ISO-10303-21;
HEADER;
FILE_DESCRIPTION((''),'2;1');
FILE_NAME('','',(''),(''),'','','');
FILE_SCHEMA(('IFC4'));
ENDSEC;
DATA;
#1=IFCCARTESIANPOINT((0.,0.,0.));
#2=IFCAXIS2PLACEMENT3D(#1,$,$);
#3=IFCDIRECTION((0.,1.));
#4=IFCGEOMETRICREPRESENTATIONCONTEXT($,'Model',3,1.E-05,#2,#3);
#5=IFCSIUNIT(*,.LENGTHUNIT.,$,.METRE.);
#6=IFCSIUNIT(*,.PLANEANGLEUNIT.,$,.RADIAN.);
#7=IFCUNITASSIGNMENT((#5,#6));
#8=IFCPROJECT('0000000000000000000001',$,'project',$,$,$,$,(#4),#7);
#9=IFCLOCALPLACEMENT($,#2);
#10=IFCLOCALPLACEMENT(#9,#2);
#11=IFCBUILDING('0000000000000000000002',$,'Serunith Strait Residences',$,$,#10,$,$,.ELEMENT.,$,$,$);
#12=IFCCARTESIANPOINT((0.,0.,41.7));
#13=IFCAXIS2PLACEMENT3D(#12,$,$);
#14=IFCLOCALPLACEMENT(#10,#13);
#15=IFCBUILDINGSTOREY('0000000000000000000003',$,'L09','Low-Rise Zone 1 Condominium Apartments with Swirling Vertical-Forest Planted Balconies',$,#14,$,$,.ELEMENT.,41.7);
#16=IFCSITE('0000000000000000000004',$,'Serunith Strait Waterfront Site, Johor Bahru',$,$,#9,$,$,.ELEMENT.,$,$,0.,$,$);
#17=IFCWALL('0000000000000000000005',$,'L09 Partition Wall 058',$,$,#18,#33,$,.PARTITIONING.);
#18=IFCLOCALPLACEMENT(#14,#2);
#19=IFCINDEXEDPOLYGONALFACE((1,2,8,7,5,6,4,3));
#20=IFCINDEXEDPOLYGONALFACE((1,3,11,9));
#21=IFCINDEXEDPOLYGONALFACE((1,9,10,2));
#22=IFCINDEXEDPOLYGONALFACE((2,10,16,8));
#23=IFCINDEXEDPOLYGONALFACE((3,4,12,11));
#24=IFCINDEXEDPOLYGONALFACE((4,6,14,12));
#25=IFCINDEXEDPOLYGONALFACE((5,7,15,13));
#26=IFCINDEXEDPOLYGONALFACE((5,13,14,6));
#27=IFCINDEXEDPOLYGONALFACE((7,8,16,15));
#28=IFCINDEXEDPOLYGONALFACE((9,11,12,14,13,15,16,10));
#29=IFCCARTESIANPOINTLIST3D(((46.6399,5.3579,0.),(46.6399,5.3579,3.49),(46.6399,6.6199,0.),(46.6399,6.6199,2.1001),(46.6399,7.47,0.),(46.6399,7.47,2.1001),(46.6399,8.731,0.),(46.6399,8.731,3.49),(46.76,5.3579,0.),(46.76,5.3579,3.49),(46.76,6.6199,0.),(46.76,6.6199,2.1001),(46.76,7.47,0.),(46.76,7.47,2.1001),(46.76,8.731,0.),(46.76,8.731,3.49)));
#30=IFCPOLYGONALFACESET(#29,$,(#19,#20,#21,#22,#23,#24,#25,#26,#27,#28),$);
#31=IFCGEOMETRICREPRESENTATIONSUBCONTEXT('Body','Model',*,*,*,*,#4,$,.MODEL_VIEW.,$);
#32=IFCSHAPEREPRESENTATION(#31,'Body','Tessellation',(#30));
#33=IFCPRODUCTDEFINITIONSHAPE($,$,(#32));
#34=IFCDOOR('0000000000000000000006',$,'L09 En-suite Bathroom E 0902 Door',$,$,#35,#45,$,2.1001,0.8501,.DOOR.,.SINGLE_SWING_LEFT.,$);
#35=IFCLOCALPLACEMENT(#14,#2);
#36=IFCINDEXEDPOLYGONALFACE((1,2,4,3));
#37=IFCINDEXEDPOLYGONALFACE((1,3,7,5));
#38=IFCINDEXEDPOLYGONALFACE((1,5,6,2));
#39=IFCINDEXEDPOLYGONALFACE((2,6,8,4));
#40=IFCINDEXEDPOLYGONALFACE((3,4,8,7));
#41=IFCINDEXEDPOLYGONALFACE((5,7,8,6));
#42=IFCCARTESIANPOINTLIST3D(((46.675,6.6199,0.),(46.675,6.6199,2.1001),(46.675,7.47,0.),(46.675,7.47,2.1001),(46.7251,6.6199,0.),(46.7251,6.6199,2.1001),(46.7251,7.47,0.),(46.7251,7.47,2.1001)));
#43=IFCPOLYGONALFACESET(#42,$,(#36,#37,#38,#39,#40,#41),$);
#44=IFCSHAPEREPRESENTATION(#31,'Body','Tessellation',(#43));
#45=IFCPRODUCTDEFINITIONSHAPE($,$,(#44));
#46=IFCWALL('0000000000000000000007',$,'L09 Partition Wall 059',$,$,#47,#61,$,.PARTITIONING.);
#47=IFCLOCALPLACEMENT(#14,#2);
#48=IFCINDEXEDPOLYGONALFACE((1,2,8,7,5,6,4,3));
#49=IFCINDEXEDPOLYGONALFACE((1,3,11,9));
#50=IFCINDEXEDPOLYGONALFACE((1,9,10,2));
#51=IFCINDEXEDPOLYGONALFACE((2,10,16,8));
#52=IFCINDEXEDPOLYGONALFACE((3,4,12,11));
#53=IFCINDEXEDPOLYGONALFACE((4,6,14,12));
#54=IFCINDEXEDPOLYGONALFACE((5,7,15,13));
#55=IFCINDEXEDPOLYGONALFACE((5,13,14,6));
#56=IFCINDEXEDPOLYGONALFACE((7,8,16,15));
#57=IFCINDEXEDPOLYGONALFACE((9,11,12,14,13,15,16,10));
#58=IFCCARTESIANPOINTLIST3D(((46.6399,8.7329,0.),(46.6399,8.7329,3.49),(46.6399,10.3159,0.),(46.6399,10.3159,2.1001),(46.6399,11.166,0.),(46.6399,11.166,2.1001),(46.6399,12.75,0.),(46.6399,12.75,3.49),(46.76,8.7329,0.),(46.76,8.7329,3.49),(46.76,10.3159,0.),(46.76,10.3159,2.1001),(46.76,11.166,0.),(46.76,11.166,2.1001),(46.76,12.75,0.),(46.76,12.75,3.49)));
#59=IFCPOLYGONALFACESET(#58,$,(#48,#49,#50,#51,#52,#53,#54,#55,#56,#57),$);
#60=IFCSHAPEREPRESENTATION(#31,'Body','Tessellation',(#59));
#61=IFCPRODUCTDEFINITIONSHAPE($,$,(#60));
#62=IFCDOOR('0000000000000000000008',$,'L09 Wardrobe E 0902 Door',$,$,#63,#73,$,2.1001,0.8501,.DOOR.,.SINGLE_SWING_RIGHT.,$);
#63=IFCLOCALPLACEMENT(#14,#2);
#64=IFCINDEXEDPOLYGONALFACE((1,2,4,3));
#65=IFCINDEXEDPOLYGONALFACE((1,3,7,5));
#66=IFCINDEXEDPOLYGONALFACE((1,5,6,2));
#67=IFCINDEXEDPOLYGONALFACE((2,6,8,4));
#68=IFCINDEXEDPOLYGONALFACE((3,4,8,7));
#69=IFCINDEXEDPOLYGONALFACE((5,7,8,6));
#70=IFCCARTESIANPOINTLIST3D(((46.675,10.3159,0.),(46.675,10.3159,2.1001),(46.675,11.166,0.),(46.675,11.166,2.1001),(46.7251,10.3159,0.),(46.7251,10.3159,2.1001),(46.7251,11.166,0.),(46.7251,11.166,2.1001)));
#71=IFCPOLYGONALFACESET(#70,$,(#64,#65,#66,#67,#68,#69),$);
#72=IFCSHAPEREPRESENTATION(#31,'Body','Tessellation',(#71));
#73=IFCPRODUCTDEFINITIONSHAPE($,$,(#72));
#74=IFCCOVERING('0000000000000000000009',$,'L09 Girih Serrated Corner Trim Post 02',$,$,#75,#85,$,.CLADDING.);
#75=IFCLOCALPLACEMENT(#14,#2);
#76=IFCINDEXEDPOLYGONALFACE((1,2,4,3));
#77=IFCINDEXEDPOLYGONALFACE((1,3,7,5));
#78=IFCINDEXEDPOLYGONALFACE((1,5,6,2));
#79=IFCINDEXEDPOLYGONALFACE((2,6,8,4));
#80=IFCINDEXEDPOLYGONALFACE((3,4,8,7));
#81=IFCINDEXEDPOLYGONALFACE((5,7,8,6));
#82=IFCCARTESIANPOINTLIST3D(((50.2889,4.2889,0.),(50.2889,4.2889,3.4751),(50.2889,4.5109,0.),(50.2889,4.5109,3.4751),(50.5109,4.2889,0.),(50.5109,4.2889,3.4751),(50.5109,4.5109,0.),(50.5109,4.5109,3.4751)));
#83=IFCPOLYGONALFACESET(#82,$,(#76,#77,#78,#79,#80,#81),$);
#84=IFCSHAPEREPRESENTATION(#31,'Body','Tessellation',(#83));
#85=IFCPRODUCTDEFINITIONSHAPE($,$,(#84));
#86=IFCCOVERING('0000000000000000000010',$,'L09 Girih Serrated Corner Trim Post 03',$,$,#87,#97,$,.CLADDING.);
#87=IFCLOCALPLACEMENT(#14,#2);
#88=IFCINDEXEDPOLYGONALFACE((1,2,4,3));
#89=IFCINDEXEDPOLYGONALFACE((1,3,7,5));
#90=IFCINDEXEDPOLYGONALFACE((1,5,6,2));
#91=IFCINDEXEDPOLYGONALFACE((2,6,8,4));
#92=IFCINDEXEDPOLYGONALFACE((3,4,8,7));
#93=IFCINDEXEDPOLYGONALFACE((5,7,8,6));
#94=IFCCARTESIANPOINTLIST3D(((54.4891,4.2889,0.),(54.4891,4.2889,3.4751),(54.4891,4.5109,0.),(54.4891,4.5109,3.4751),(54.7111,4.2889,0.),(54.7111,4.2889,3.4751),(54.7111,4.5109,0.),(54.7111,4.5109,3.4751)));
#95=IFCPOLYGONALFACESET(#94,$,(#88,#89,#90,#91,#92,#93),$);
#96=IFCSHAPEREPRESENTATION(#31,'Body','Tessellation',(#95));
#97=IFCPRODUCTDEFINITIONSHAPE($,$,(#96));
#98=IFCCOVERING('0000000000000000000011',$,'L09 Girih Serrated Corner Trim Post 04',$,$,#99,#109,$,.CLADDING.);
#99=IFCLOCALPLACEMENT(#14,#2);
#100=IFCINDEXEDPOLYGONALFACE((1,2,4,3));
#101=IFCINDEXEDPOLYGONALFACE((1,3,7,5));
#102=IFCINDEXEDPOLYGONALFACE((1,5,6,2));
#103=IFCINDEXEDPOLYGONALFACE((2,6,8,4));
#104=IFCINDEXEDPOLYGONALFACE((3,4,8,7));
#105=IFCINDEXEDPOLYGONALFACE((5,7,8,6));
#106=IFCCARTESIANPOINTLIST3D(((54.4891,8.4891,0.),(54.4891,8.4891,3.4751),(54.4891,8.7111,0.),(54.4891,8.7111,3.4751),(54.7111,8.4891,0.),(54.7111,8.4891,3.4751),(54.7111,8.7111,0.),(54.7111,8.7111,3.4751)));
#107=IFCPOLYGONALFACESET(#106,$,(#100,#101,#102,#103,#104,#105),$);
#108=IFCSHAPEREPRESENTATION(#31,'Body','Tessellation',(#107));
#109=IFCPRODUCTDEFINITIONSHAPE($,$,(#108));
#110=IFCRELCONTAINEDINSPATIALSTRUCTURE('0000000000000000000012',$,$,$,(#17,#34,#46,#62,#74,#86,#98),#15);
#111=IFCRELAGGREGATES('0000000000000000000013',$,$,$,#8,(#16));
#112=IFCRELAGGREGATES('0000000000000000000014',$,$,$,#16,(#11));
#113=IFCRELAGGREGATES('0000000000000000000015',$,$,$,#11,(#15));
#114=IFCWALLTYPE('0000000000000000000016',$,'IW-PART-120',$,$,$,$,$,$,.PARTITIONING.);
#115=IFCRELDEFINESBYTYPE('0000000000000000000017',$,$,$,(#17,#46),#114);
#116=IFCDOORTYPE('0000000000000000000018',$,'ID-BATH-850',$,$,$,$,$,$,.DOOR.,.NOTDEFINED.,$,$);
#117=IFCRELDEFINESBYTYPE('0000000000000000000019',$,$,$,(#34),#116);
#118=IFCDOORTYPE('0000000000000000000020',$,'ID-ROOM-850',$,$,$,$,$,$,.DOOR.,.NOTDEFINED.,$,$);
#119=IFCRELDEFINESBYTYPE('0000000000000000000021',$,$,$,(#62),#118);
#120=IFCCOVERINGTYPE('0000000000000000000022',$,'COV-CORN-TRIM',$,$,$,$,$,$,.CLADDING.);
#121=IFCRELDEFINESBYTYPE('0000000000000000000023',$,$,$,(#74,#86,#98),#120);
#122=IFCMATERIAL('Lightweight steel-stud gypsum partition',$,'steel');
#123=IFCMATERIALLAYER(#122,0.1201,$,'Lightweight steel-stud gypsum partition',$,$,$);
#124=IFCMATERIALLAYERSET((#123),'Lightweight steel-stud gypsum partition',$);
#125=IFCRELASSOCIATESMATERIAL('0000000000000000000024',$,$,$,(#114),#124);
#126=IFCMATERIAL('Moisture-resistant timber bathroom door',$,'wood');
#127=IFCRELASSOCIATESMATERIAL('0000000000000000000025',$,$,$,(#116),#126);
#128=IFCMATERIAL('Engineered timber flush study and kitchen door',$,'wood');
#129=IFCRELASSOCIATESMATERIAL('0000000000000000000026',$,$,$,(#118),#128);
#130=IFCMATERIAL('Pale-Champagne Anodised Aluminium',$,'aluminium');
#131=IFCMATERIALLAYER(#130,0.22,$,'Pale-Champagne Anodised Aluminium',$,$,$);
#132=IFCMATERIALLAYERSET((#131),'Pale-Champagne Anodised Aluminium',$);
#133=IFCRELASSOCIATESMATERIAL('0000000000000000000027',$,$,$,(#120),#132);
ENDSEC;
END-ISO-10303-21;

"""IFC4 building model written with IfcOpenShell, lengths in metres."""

from ifc_helpers import new_model, si_unit, direction, frame, frame_2d, origin, origin_2d, place, context, subcontext, project, spatial, rectangle, extrude, source, transform, mapped, material, layer, layer_set, type_object, element, fill, save


model = new_model("IFC4")

# Units and contexts
model_context = context("Model", 3, precision=1e-05, world=origin(), true_north=direction((0.0, 1.0)))
body_context = subcontext(model_context, "Body", "Model", "MODEL_VIEW")
ifc_project = project(units=[si_unit("LENGTHUNIT", "METRE"), si_unit("PLANEANGLEUNIT", "RADIAN")], contexts=[model_context])

# Site, building, storey
site_placement = place(None, origin())
site = spatial("IfcSite", under=ifc_project, at=site_placement, Name="Serunith Strait Waterfront Site, Johor Bahru", CompositionType="ELEMENT", RefElevation=0.0)
building_placement = place(site_placement, origin())
building = spatial("IfcBuilding", under=site, at=building_placement, Name="Serunith Strait Residences", CompositionType="ELEMENT")
storey_placement = place(building_placement, frame((0.0, 0.0, 41.7)))
storey = spatial("IfcBuildingStorey", under=building, at=storey_placement, Name="L09", Description="Low-Rise Zone 1 Condominium Apartments with Swirling Vertical-Forest Planted Balconies", CompositionType="ELEMENT", Elevation=41.7)

# Shared definitions
ifc_material_1 = material(Name="Pale-Champagne Anodised Aluminium", Category="aluminium")

# Shared definitions
ifc_material_2 = material(Name="Lightweight steel-stud gypsum partition", Category="steel")
ifc_layer_1 = layer(ifc_material_2, 0.1201, Name="Lightweight steel-stud gypsum partition")
ifc_layer_set_1 = layer_set([ifc_layer_1], Name="Lightweight steel-stud gypsum partition")
wall_type_1 = type_object("IfcWallType", Name="IW-PART-120", PredefinedType="PARTITIONING", material=ifc_layer_set_1)

# Walls, openings, doors
wall_1_placement = place(storey_placement, frame((46.7, 5.3579, 0.0), z_axis=(0.0, 0.0, 1.0), x_axis=(0.0, 1.0, 0.0)))
wall_1 = element("IfcWall", 1, at=wall_1_placement, inside=storey, type_object=wall_type_1, Name="L09 Partition Wall 058", PredefinedType="PARTITIONING", context=body_context, shape_type="SweptSolid", body=[
    extrude(rectangle(XDim=3.373, YDim=0.1201, at=frame_2d((1.6865, 0.0))), origin(), (0.0, 0.0, 1.0), 3.49),
])
opening_1_placement = place(wall_1_placement, frame((1.262, 0.0, 0.0)))
opening_1 = element("IfcOpeningElement", 2, at=opening_1_placement, cuts=wall_1, PredefinedType="OPENING", context=body_context, shape_type="SweptSolid", body=[
    extrude(rectangle(XDim=0.8501, YDim=2.1001, at=frame_2d((0.425, 1.05))), frame((0.0, 0.0701, 0.0), z_axis=(0.0, -1.0, 0.0), x_axis=(1.0, 0.0, 0.0)), (0.0, 0.0, 1.0), 0.1401),
])
ifc_material_3 = material(Name="Moisture-resistant timber bathroom door", Category="wood")
door_type_1 = type_object("IfcDoorType", Name="ID-BATH-850", OperationType="NOTDEFINED", PredefinedType="DOOR", material=ifc_material_3)
shared_shape_1 = source(origin(), body_context, "Body", "SweptSolid", [
    extrude(rectangle(XDim=0.8501, YDim=2.1001, at=frame_2d((0.425, 1.05))), frame((0.0, 0.0249, 0.0), z_axis=(0.0, -1.0, 0.0), x_axis=(1.0, 0.0, 0.0)), (0.0, 0.0, 1.0), 0.05),
])
door_1_placement = place(opening_1_placement, origin())
door_1 = element("IfcDoor", 3, at=door_1_placement, inside=storey, type_object=door_type_1, Name="L09 En-suite Bathroom E 0902 Door", OperationType="SINGLE_SWING_LEFT", OverallHeight=2.1001, OverallWidth=0.8501, PredefinedType="DOOR", context=body_context, shape_type="MappedRepresentation", body=[
    mapped(shared_shape_1, transform((0.0, 0.0, 0.0), scale=1.0)),
])
fill(opening_1, door_1)
wall_2_placement = place(storey_placement, frame((46.7, 8.7329, 0.0), z_axis=(0.0, 0.0, 1.0), x_axis=(0.0, 1.0, 0.0)))
wall_2 = element("IfcWall", 4, at=wall_2_placement, inside=storey, type_object=wall_type_1, Name="L09 Partition Wall 059", PredefinedType="PARTITIONING", context=body_context, shape_type="SweptSolid", body=[
    extrude(rectangle(XDim=4.0171, YDim=0.1201, at=frame_2d((2.0085, 0.0))), origin(), (0.0, 0.0, 1.0), 3.49),
])
opening_2_placement = place(wall_2_placement, frame((1.583, 0.0, 0.0)))
opening_2 = element("IfcOpeningElement", 5, at=opening_2_placement, cuts=wall_2, PredefinedType="OPENING", context=body_context, shape_type="SweptSolid", body=[
    extrude(rectangle(XDim=0.8501, YDim=2.1001, at=frame_2d((0.425, 1.05))), frame((0.0, 0.0701, 0.0), z_axis=(0.0, -1.0, 0.0), x_axis=(1.0, 0.0, 0.0)), (0.0, 0.0, 1.0), 0.1401),
])
ifc_material_4 = material(Name="Engineered timber flush study and kitchen door", Category="wood")
door_type_2 = type_object("IfcDoorType", Name="ID-ROOM-850", OperationType="NOTDEFINED", PredefinedType="DOOR", material=ifc_material_4)
door_2_placement = place(opening_2_placement, origin())
door_2 = element("IfcDoor", 6, at=door_2_placement, inside=storey, type_object=door_type_2, Name="L09 Wardrobe E 0902 Door", OperationType="SINGLE_SWING_RIGHT", OverallHeight=2.1001, OverallWidth=0.8501, PredefinedType="DOOR", context=body_context, shape_type="MappedRepresentation", body=[
    mapped(shared_shape_1, transform((0.0, 0.0, 0.0), scale=1.0)),
])
fill(opening_2, door_2)

# Coverings
ifc_layer_2 = layer(ifc_material_1, 0.22, Name="Pale-Champagne Anodised Aluminium")
ifc_layer_set_2 = layer_set([ifc_layer_2], Name="Pale-Champagne Anodised Aluminium")
covering_type = type_object("IfcCoveringType", Name="COV-CORN-TRIM", PredefinedType="CLADDING", material=ifc_layer_set_2)
shared_shape_2 = source(origin(), body_context, "Body", "SweptSolid", [
    extrude(rectangle(XDim=0.2219, YDim=0.2219, at=origin_2d()), origin(), (0.0, 0.0, 1.0), 3.4751),
])
for number, where, z_axis, x_axis, name in (
    (7, (50.3999, 4.3999, 0.0), (0.0, 0.0, 1.0), (1.0, 0.0, 0.0), "L09 Girih Serrated Corner Trim Post 02"),
    (8, (54.6001, 4.3999, 0.0), (0.0, 0.0, 1.0), (1.0, 0.0, 0.0), "L09 Girih Serrated Corner Trim Post 03"),
    (9, (54.6001, 8.6001, 0.0), (0.0, 0.0, 1.0), (1.0, 0.0, 0.0), "L09 Girih Serrated Corner Trim Post 04"),
):
    element("IfcCovering", number, at=place(storey_placement, frame(where, z_axis=z_axis, x_axis=x_axis)), inside=storey, type_object=covering_type, Name=name, PredefinedType="CLADDING", context=body_context, shape_type="MappedRepresentation", body=[
        mapped(shared_shape_2, transform((0.0, 0.0, 0.0), scale=1.0)),
    ])

save(model, "model.ifc")
